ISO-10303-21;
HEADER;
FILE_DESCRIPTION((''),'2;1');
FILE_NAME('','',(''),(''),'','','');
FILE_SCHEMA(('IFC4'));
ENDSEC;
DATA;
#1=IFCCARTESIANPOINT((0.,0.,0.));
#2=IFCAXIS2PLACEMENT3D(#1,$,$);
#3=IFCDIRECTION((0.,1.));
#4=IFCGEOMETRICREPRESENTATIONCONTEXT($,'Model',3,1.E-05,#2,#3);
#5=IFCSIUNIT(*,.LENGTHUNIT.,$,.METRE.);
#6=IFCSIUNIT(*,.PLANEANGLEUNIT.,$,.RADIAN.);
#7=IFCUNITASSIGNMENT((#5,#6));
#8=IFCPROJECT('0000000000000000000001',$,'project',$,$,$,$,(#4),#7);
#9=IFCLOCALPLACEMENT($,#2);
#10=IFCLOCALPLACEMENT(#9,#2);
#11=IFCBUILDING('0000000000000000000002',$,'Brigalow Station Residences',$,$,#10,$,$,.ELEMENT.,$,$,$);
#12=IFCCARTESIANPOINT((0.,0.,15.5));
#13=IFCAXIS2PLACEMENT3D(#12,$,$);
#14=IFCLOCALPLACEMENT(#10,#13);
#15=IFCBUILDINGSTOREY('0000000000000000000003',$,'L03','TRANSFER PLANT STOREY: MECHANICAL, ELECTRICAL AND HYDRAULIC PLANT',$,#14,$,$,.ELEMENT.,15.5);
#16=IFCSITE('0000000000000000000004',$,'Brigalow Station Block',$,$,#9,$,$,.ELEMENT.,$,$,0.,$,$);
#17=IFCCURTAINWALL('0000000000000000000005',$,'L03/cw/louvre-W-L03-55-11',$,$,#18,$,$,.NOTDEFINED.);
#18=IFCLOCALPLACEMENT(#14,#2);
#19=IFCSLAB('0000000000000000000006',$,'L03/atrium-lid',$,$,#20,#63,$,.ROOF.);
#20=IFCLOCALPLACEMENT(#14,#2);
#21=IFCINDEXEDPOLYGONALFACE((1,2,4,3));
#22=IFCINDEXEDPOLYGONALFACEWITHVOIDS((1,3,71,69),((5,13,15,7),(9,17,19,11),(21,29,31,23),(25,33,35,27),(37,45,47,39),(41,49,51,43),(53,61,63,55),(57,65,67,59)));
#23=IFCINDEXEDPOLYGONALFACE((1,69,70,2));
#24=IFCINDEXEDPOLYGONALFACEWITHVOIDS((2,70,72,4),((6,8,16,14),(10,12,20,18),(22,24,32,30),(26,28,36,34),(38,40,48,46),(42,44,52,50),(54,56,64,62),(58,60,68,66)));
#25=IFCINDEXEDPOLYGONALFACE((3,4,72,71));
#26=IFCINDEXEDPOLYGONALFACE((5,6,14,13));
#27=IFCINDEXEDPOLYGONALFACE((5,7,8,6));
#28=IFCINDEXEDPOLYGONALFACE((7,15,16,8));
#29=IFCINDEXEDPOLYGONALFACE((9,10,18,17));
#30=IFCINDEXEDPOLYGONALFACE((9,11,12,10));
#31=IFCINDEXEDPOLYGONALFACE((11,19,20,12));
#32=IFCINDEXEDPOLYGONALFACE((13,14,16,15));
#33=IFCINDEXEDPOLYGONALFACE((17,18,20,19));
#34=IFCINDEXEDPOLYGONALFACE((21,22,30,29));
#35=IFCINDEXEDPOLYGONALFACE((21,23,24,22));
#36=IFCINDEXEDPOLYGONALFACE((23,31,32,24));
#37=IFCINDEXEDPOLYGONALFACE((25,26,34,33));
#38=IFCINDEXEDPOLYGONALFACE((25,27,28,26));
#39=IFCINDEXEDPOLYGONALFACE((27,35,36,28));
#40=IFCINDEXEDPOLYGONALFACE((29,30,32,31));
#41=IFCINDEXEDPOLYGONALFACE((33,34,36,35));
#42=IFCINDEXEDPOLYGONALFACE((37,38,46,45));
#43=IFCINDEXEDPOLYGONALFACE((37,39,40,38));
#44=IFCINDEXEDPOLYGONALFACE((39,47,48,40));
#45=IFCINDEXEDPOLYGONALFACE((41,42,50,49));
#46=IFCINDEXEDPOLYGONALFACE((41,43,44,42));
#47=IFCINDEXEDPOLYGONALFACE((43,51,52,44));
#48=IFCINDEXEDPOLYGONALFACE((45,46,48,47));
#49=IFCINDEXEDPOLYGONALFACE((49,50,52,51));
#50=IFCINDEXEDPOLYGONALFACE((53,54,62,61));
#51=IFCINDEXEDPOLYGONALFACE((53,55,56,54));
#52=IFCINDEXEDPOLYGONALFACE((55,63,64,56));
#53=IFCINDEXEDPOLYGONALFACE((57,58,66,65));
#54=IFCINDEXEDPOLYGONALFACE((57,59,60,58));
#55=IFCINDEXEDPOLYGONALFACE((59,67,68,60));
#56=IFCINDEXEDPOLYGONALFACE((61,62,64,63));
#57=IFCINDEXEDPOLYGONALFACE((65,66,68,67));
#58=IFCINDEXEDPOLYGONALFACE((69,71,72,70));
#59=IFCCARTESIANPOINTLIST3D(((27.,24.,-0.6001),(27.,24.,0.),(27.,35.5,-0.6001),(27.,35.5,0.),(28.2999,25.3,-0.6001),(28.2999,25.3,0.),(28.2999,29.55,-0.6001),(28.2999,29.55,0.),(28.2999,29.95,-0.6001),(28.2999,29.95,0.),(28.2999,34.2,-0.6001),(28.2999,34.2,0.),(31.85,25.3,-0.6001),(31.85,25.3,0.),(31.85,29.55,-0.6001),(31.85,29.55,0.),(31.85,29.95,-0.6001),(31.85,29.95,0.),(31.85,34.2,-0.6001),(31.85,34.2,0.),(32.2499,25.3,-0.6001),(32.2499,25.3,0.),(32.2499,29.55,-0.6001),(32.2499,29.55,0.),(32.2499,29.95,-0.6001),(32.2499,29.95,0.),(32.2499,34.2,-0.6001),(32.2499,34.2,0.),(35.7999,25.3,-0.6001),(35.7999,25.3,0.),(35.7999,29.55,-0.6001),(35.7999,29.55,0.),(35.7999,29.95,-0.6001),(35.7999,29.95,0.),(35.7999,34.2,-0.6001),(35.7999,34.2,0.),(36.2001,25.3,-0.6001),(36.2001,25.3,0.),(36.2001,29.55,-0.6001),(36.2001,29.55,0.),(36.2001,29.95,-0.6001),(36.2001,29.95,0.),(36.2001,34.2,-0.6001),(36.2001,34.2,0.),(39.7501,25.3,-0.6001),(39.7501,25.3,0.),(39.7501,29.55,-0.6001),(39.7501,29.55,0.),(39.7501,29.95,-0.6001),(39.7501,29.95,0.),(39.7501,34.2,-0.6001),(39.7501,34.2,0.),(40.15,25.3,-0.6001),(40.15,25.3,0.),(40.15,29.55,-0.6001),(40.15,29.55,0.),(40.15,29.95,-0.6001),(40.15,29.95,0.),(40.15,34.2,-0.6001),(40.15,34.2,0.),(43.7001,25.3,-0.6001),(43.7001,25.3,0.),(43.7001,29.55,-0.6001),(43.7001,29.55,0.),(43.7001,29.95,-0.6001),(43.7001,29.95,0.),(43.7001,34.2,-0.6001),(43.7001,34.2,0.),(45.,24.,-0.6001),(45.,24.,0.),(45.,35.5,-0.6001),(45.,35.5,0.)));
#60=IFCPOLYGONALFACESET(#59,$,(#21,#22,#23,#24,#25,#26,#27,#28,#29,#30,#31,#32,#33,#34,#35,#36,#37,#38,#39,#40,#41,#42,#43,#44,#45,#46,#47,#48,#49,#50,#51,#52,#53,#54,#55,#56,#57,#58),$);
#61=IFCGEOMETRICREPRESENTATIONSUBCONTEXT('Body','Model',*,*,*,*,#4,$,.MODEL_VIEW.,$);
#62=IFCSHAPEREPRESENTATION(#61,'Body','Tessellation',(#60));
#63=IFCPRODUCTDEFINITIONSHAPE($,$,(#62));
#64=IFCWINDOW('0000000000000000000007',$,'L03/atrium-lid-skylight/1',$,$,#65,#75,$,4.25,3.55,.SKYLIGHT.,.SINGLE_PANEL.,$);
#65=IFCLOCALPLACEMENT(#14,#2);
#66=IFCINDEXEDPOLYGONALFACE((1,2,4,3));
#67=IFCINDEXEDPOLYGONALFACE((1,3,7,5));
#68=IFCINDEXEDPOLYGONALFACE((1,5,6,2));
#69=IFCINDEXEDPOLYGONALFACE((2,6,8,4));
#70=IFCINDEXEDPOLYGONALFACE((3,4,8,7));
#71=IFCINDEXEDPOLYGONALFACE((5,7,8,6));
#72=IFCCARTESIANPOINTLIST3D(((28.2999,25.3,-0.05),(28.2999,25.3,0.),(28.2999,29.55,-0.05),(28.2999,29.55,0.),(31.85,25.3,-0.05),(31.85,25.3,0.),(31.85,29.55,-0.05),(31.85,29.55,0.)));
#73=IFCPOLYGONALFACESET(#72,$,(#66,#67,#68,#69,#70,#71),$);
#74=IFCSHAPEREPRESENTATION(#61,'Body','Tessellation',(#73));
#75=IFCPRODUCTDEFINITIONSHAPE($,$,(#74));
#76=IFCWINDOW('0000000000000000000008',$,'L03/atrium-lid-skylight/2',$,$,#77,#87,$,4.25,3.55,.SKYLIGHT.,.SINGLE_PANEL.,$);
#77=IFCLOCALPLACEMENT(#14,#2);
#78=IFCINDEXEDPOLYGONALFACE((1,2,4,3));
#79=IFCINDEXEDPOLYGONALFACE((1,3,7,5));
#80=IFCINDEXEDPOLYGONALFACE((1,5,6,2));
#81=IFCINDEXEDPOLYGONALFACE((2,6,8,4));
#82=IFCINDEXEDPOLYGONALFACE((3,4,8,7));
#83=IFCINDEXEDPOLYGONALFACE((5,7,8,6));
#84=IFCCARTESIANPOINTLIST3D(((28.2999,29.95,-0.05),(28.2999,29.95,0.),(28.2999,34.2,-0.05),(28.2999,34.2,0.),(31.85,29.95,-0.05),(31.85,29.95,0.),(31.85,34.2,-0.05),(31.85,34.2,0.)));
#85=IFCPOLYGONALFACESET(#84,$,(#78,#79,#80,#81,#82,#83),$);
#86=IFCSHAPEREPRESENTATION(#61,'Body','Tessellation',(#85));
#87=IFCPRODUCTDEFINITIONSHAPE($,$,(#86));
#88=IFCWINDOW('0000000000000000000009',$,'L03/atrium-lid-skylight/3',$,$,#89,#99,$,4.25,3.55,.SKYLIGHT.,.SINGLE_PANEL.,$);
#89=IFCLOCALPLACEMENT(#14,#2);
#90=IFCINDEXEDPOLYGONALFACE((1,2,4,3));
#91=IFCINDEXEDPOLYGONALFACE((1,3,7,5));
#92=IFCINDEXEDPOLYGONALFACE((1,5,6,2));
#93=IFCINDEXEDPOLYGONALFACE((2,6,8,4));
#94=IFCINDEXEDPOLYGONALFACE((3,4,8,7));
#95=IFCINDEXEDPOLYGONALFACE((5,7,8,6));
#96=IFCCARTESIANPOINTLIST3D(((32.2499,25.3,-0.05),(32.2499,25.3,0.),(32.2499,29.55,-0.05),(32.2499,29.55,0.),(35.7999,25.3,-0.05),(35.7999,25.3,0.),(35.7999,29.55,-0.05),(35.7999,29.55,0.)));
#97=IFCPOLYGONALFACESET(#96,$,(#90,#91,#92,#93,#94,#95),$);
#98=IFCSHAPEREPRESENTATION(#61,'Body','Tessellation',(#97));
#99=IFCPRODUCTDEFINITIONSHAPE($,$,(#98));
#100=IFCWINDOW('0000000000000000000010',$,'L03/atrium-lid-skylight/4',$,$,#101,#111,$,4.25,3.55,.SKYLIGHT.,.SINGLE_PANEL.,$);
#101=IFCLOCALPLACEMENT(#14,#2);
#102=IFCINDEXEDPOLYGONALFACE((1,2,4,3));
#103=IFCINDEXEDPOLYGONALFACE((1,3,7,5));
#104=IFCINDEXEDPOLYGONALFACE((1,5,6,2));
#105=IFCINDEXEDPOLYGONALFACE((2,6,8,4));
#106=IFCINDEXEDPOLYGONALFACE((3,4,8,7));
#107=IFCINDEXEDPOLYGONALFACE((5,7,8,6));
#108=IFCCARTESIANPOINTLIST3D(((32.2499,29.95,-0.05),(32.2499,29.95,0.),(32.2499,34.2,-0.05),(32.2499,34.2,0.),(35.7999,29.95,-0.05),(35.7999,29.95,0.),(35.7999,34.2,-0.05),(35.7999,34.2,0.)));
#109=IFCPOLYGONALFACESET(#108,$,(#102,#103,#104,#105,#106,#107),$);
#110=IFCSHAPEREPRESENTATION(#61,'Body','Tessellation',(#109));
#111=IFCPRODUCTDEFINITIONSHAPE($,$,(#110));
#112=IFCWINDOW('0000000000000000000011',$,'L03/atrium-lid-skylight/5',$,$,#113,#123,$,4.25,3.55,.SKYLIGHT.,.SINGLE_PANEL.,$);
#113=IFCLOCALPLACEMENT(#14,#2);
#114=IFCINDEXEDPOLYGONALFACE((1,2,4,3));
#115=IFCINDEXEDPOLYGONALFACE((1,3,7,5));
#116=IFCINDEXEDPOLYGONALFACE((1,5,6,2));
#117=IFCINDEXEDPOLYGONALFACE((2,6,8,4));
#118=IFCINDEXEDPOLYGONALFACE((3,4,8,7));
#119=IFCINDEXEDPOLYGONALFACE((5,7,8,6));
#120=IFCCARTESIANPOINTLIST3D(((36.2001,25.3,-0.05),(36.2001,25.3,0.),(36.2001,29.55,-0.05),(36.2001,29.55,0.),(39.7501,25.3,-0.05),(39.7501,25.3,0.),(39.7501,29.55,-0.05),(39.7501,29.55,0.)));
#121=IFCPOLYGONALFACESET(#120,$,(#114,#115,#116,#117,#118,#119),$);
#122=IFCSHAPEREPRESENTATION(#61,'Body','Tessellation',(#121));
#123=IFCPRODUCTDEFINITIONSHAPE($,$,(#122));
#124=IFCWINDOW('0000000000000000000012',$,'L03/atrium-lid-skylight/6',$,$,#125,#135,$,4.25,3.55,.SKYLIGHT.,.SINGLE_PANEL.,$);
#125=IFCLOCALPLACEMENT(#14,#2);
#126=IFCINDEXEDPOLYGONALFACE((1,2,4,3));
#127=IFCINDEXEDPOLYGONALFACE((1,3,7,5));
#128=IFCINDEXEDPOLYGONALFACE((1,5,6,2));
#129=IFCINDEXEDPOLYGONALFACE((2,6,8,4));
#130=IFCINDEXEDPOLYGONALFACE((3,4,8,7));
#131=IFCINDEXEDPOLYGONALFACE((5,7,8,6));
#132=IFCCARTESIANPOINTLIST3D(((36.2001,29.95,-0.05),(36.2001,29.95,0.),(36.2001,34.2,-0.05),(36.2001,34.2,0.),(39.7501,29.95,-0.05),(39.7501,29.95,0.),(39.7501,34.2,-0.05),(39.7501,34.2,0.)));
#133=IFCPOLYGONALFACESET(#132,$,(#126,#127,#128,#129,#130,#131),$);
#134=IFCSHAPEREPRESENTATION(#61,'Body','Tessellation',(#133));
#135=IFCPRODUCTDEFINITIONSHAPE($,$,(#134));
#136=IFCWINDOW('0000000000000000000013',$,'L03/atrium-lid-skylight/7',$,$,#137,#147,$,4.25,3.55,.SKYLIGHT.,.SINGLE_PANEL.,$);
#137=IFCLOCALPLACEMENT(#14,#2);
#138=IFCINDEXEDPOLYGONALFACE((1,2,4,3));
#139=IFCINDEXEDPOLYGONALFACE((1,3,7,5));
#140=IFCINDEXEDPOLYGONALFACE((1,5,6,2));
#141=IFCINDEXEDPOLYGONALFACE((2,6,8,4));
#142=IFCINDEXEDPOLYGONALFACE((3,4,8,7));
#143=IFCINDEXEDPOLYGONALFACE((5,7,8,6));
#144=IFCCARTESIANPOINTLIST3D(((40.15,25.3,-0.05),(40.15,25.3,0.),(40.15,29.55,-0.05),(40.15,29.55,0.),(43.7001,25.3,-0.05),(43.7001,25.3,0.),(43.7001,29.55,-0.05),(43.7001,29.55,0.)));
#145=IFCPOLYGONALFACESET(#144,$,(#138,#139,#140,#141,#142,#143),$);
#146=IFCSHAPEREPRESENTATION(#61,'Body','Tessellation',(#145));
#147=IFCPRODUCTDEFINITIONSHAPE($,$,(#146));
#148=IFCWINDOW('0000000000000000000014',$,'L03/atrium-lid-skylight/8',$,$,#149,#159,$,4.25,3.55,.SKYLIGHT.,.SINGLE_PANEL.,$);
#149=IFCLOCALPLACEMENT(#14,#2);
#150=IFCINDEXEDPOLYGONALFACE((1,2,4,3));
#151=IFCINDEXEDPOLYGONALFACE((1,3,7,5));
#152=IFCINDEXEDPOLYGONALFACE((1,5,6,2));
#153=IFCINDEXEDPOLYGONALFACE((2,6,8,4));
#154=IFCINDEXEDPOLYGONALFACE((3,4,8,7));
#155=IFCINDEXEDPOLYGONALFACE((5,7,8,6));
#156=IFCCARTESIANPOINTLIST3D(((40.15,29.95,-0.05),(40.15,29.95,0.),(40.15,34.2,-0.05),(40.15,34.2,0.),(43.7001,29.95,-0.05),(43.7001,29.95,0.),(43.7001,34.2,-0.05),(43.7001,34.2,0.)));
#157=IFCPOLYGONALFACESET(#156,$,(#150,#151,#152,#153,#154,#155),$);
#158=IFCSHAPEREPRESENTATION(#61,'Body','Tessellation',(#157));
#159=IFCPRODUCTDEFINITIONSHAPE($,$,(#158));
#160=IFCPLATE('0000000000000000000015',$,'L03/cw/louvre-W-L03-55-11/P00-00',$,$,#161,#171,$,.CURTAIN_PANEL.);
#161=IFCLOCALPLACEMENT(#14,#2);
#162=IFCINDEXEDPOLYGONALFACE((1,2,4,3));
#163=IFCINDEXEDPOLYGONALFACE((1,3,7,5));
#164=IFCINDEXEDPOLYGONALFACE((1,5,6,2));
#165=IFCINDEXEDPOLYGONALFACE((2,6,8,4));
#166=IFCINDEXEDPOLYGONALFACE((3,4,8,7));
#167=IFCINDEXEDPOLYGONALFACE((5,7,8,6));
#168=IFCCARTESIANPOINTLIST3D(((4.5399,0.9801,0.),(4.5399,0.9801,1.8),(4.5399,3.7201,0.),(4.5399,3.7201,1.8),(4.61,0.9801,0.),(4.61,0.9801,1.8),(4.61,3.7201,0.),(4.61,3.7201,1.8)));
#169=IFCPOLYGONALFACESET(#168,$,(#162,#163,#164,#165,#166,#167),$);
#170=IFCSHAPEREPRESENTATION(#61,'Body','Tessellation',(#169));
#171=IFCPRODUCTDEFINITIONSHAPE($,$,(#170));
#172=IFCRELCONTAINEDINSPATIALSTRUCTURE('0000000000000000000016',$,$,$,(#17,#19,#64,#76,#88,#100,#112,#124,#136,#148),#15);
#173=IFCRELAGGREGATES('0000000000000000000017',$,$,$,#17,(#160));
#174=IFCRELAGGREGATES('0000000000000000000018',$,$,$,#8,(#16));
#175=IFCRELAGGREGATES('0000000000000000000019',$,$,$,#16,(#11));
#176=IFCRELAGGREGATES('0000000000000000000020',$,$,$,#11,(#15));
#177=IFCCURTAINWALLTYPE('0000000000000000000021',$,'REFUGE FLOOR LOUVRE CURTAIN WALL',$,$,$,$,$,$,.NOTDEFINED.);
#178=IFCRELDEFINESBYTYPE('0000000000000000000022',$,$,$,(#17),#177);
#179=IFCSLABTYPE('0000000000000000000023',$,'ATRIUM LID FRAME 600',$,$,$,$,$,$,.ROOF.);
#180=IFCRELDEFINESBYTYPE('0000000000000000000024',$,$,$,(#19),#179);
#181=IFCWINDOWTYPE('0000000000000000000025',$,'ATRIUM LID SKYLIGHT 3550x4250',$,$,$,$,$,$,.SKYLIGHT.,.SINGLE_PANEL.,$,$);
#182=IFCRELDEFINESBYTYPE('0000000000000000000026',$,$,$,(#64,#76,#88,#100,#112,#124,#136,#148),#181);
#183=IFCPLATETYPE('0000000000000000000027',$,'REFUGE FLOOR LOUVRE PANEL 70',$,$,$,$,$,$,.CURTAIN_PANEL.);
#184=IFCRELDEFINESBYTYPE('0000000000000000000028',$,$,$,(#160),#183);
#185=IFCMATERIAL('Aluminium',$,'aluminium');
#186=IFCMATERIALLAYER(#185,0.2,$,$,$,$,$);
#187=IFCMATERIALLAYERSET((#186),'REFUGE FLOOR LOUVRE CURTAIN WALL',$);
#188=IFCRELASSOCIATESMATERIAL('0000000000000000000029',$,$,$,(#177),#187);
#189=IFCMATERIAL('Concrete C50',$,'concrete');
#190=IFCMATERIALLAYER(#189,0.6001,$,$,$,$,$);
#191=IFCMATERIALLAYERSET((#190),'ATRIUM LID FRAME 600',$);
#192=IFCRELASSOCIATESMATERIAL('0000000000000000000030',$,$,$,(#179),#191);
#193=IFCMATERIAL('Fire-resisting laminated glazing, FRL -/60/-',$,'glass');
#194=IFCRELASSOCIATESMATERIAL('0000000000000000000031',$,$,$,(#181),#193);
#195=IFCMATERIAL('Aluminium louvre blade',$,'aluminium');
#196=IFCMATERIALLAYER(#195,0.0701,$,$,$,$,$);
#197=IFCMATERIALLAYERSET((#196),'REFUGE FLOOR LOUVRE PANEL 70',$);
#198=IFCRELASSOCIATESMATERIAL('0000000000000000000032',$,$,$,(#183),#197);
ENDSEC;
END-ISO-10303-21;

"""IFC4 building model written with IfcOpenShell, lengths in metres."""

from ifc_helpers import new_model, si_unit, direction, frame, origin, origin_2d, place, context, subcontext, project, spatial, polyline, rectangle, outline, extrude, material, layer, layer_set, type_object, element, fill, aggregate, save


model = new_model("IFC4")

# Units and contexts
model_context = context("Model", 3, precision=1e-05, world=origin(), true_north=direction((0.0, 1.0)))
body_context = subcontext(model_context, "Body", "Model", "MODEL_VIEW")
ifc_project = project(units=[si_unit("LENGTHUNIT", "METRE"), si_unit("PLANEANGLEUNIT", "RADIAN")], contexts=[model_context])

# Site, building, storey
site_placement = place(None, origin())
site = spatial("IfcSite", under=ifc_project, at=site_placement, Name="Brigalow Station Block", CompositionType="ELEMENT", RefElevation=0.0)
building_placement = place(site_placement, origin())
building = spatial("IfcBuilding", under=site, at=building_placement, Name="Brigalow Station Residences", CompositionType="ELEMENT")
storey_placement = place(building_placement, frame((0.0, 0.0, 15.5)))
storey = spatial("IfcBuildingStorey", under=building, at=storey_placement, Name="L03", Description="TRANSFER PLANT STOREY: MECHANICAL, ELECTRICAL AND HYDRAULIC PLANT", CompositionType="ELEMENT", Elevation=15.5)

# Shared definitions
ifc_material_1 = material(Name="Aluminium", Category="aluminium")
ifc_layer_1 = layer(ifc_material_1, 0.2)
ifc_layer_set_1 = layer_set([ifc_layer_1], Name="REFUGE FLOOR LOUVRE CURTAIN WALL")
curtain_wall_type = type_object("IfcCurtainWallType", Name="REFUGE FLOOR LOUVRE CURTAIN WALL", PredefinedType="NOTDEFINED", material=ifc_layer_set_1)

# Curtain wall
curtain_wall_1_placement = place(storey_placement, origin())
curtain_wall_1 = element("IfcCurtainWall", 1, at=curtain_wall_1_placement, inside=storey, type_object=curtain_wall_type, Name="L03/cw/louvre-W-L03-55-11", PredefinedType="NOTDEFINED")

# Slab, openings, windows
ifc_material_2 = material(Name="Concrete C50", Category="concrete")
ifc_layer_2 = layer(ifc_material_2, 0.6001)
ifc_layer_set_2 = layer_set([ifc_layer_2], Name="ATRIUM LID FRAME 600")
slab_type_1 = type_object("IfcSlabType", Name="ATRIUM LID FRAME 600", PredefinedType="ROOF", material=ifc_layer_set_2)
slab_1_placement = place(storey_placement, frame((0.0, 0.0, -0.6001)))
slab_1 = element("IfcSlab", 2, at=slab_1_placement, inside=storey, type_object=slab_type_1, Name="L03/atrium-lid", PredefinedType="ROOF", context=body_context, shape_type="SweptSolid", body=[
    extrude(outline(polyline([(27.0, 24.0), (45.0, 24.0), (45.0, 35.5), (27.0, 35.5), (27.0, 24.0)])), origin(), (0.0, 0.0, 1.0), 0.6001),
])
opening_1_placement = place(slab_1_placement, frame((30.075, 27.425, 0.0)))
opening_1 = element("IfcOpeningElement", 3, at=opening_1_placement, cuts=slab_1, PredefinedType="OPENING", context=body_context, shape_type="SweptSolid", body=[
    extrude(rectangle(XDim=3.55, YDim=4.25, at=origin_2d()), origin(), (0.0, 0.0, 1.0), 0.6001),
])
opening_2_placement = place(slab_1_placement, frame((30.075, 32.075, 0.0)))
opening_2 = element("IfcOpeningElement", 4, at=opening_2_placement, cuts=slab_1, PredefinedType="OPENING", context=body_context, shape_type="SweptSolid", body=[
    extrude(rectangle(XDim=3.55, YDim=4.25, at=origin_2d()), origin(), (0.0, 0.0, 1.0), 0.6001),
])
opening_3_placement = place(slab_1_placement, frame((34.0249, 27.425, 0.0)))
opening_3 = element("IfcOpeningElement", 5, at=opening_3_placement, cuts=slab_1, PredefinedType="OPENING", context=body_context, shape_type="SweptSolid", body=[
    extrude(rectangle(XDim=3.55, YDim=4.25, at=origin_2d()), origin(), (0.0, 0.0, 1.0), 0.6001),
])
opening_4_placement = place(slab_1_placement, frame((34.0249, 32.075, 0.0)))
opening_4 = element("IfcOpeningElement", 6, at=opening_4_placement, cuts=slab_1, PredefinedType="OPENING", context=body_context, shape_type="SweptSolid", body=[
    extrude(rectangle(XDim=3.55, YDim=4.25, at=origin_2d()), origin(), (0.0, 0.0, 1.0), 0.6001),
])
opening_5_placement = place(slab_1_placement, frame((37.9751, 27.425, 0.0)))
opening_5 = element("IfcOpeningElement", 7, at=opening_5_placement, cuts=slab_1, PredefinedType="OPENING", context=body_context, shape_type="SweptSolid", body=[
    extrude(rectangle(XDim=3.55, YDim=4.25, at=origin_2d()), origin(), (0.0, 0.0, 1.0), 0.6001),
])
opening_6_placement = place(slab_1_placement, frame((37.9751, 32.075, 0.0)))
opening_6 = element("IfcOpeningElement", 8, at=opening_6_placement, cuts=slab_1, PredefinedType="OPENING", context=body_context, shape_type="SweptSolid", body=[
    extrude(rectangle(XDim=3.55, YDim=4.25, at=origin_2d()), origin(), (0.0, 0.0, 1.0), 0.6001),
])
opening_7_placement = place(slab_1_placement, frame((41.925, 27.425, 0.0)))
opening_7 = element("IfcOpeningElement", 9, at=opening_7_placement, cuts=slab_1, PredefinedType="OPENING", context=body_context, shape_type="SweptSolid", body=[
    extrude(rectangle(XDim=3.55, YDim=4.25, at=origin_2d()), origin(), (0.0, 0.0, 1.0), 0.6001),
])
opening_8_placement = place(slab_1_placement, frame((41.925, 32.075, 0.0)))
opening_8 = element("IfcOpeningElement", 10, at=opening_8_placement, cuts=slab_1, PredefinedType="OPENING", context=body_context, shape_type="SweptSolid", body=[
    extrude(rectangle(XDim=3.55, YDim=4.25, at=origin_2d()), origin(), (0.0, 0.0, 1.0), 0.6001),
])
ifc_material_3 = material(Name="Fire-resisting laminated glazing, FRL -/60/-", Category="glass")
window_type = type_object("IfcWindowType", Name="ATRIUM LID SKYLIGHT 3550x4250", PartitioningType="SINGLE_PANEL", PredefinedType="SKYLIGHT", material=ifc_material_3)
window_1_placement = place(opening_1_placement, frame((0.0, 0.0, 0.55)))
window_1 = element("IfcWindow", 11, at=window_1_placement, inside=storey, type_object=window_type, Name="L03/atrium-lid-skylight/1", OverallHeight=4.25, OverallWidth=3.55, PartitioningType="SINGLE_PANEL", PredefinedType="SKYLIGHT", context=body_context, shape_type="SweptSolid", body=[
    extrude(rectangle(XDim=3.55, YDim=4.25, at=origin_2d()), origin(), (0.0, 0.0, 1.0), 0.05),
])
fill(opening_1, window_1)
window_2_placement = place(opening_2_placement, frame((0.0, 0.0, 0.55)))
window_2 = element("IfcWindow", 12, at=window_2_placement, inside=storey, type_object=window_type, Name="L03/atrium-lid-skylight/2", OverallHeight=4.25, OverallWidth=3.55, PartitioningType="SINGLE_PANEL", PredefinedType="SKYLIGHT", context=body_context, shape_type="SweptSolid", body=[
    extrude(rectangle(XDim=3.55, YDim=4.25, at=origin_2d()), origin(), (0.0, 0.0, 1.0), 0.05),
])
fill(opening_2, window_2)
window_3_placement = place(opening_3_placement, frame((0.0, 0.0, 0.55)))
window_3 = element("IfcWindow", 13, at=window_3_placement, inside=storey, type_object=window_type, Name="L03/atrium-lid-skylight/3", OverallHeight=4.25, OverallWidth=3.55, PartitioningType="SINGLE_PANEL", PredefinedType="SKYLIGHT", context=body_context, shape_type="SweptSolid", body=[
    extrude(rectangle(XDim=3.55, YDim=4.25, at=origin_2d()), origin(), (0.0, 0.0, 1.0), 0.05),
])
fill(opening_3, window_3)
window_4_placement = place(opening_4_placement, frame((0.0, 0.0, 0.55)))
window_4 = element("IfcWindow", 14, at=window_4_placement, inside=storey, type_object=window_type, Name="L03/atrium-lid-skylight/4", OverallHeight=4.25, OverallWidth=3.55, PartitioningType="SINGLE_PANEL", PredefinedType="SKYLIGHT", context=body_context, shape_type="SweptSolid", body=[
    extrude(rectangle(XDim=3.55, YDim=4.25, at=origin_2d()), origin(), (0.0, 0.0, 1.0), 0.05),
])
fill(opening_4, window_4)
window_5_placement = place(opening_5_placement, frame((0.0, 0.0, 0.55)))
window_5 = element("IfcWindow", 15, at=window_5_placement, inside=storey, type_object=window_type, Name="L03/atrium-lid-skylight/5", OverallHeight=4.25, OverallWidth=3.55, PartitioningType="SINGLE_PANEL", PredefinedType="SKYLIGHT", context=body_context, shape_type="SweptSolid", body=[
    extrude(rectangle(XDim=3.55, YDim=4.25, at=origin_2d()), origin(), (0.0, 0.0, 1.0), 0.05),
])
fill(opening_5, window_5)
window_6_placement = place(opening_6_placement, frame((0.0, 0.0, 0.55)))
window_6 = element("IfcWindow", 16, at=window_6_placement, inside=storey, type_object=window_type, Name="L03/atrium-lid-skylight/6", OverallHeight=4.25, OverallWidth=3.55, PartitioningType="SINGLE_PANEL", PredefinedType="SKYLIGHT", context=body_context, shape_type="SweptSolid", body=[
    extrude(rectangle(XDim=3.55, YDim=4.25, at=origin_2d()), origin(), (0.0, 0.0, 1.0), 0.05),
])
fill(opening_6, window_6)
window_7_placement = place(opening_7_placement, frame((0.0, 0.0, 0.55)))
window_7 = element("IfcWindow", 17, at=window_7_placement, inside=storey, type_object=window_type, Name="L03/atrium-lid-skylight/7", OverallHeight=4.25, OverallWidth=3.55, PartitioningType="SINGLE_PANEL", PredefinedType="SKYLIGHT", context=body_context, shape_type="SweptSolid", body=[
    extrude(rectangle(XDim=3.55, YDim=4.25, at=origin_2d()), origin(), (0.0, 0.0, 1.0), 0.05),
])
fill(opening_7, window_7)
window_8_placement = place(opening_8_placement, frame((0.0, 0.0, 0.55)))
window_8 = element("IfcWindow", 18, at=window_8_placement, inside=storey, type_object=window_type, Name="L03/atrium-lid-skylight/8", OverallHeight=4.25, OverallWidth=3.55, PartitioningType="SINGLE_PANEL", PredefinedType="SKYLIGHT", context=body_context, shape_type="SweptSolid", body=[
    extrude(rectangle(XDim=3.55, YDim=4.25, at=origin_2d()), origin(), (0.0, 0.0, 1.0), 0.05),
])
fill(opening_8, window_8)

# Plate
ifc_material_4 = material(Name="Aluminium louvre blade", Category="aluminium")
ifc_layer_3 = layer(ifc_material_4, 0.0701)
ifc_layer_set_3 = layer_set([ifc_layer_3], Name="REFUGE FLOOR LOUVRE PANEL 70")
plate_type = type_object("IfcPlateType", Name="REFUGE FLOOR LOUVRE PANEL 70", PredefinedType="CURTAIN_PANEL", material=ifc_layer_set_3)
plate_1_placement = place(storey_placement, frame((4.575, 2.3501, 0.0), z_axis=(0.0, 0.0, 1.0), x_axis=(0.0, -1.0, 0.0)))
plate_1 = element("IfcPlate", 19, at=plate_1_placement, type_object=plate_type, Name="L03/cw/louvre-W-L03-55-11/P00-00", PredefinedType="CURTAIN_PANEL", context=body_context, shape_type="SweptSolid", body=[
    extrude(rectangle(XDim=2.74, YDim=0.0701, at=origin_2d()), origin(), (0.0, 0.0, 1.0), 1.8),
])
aggregate(curtain_wall_1, [plate_1])

save(model, "model.ifc")
